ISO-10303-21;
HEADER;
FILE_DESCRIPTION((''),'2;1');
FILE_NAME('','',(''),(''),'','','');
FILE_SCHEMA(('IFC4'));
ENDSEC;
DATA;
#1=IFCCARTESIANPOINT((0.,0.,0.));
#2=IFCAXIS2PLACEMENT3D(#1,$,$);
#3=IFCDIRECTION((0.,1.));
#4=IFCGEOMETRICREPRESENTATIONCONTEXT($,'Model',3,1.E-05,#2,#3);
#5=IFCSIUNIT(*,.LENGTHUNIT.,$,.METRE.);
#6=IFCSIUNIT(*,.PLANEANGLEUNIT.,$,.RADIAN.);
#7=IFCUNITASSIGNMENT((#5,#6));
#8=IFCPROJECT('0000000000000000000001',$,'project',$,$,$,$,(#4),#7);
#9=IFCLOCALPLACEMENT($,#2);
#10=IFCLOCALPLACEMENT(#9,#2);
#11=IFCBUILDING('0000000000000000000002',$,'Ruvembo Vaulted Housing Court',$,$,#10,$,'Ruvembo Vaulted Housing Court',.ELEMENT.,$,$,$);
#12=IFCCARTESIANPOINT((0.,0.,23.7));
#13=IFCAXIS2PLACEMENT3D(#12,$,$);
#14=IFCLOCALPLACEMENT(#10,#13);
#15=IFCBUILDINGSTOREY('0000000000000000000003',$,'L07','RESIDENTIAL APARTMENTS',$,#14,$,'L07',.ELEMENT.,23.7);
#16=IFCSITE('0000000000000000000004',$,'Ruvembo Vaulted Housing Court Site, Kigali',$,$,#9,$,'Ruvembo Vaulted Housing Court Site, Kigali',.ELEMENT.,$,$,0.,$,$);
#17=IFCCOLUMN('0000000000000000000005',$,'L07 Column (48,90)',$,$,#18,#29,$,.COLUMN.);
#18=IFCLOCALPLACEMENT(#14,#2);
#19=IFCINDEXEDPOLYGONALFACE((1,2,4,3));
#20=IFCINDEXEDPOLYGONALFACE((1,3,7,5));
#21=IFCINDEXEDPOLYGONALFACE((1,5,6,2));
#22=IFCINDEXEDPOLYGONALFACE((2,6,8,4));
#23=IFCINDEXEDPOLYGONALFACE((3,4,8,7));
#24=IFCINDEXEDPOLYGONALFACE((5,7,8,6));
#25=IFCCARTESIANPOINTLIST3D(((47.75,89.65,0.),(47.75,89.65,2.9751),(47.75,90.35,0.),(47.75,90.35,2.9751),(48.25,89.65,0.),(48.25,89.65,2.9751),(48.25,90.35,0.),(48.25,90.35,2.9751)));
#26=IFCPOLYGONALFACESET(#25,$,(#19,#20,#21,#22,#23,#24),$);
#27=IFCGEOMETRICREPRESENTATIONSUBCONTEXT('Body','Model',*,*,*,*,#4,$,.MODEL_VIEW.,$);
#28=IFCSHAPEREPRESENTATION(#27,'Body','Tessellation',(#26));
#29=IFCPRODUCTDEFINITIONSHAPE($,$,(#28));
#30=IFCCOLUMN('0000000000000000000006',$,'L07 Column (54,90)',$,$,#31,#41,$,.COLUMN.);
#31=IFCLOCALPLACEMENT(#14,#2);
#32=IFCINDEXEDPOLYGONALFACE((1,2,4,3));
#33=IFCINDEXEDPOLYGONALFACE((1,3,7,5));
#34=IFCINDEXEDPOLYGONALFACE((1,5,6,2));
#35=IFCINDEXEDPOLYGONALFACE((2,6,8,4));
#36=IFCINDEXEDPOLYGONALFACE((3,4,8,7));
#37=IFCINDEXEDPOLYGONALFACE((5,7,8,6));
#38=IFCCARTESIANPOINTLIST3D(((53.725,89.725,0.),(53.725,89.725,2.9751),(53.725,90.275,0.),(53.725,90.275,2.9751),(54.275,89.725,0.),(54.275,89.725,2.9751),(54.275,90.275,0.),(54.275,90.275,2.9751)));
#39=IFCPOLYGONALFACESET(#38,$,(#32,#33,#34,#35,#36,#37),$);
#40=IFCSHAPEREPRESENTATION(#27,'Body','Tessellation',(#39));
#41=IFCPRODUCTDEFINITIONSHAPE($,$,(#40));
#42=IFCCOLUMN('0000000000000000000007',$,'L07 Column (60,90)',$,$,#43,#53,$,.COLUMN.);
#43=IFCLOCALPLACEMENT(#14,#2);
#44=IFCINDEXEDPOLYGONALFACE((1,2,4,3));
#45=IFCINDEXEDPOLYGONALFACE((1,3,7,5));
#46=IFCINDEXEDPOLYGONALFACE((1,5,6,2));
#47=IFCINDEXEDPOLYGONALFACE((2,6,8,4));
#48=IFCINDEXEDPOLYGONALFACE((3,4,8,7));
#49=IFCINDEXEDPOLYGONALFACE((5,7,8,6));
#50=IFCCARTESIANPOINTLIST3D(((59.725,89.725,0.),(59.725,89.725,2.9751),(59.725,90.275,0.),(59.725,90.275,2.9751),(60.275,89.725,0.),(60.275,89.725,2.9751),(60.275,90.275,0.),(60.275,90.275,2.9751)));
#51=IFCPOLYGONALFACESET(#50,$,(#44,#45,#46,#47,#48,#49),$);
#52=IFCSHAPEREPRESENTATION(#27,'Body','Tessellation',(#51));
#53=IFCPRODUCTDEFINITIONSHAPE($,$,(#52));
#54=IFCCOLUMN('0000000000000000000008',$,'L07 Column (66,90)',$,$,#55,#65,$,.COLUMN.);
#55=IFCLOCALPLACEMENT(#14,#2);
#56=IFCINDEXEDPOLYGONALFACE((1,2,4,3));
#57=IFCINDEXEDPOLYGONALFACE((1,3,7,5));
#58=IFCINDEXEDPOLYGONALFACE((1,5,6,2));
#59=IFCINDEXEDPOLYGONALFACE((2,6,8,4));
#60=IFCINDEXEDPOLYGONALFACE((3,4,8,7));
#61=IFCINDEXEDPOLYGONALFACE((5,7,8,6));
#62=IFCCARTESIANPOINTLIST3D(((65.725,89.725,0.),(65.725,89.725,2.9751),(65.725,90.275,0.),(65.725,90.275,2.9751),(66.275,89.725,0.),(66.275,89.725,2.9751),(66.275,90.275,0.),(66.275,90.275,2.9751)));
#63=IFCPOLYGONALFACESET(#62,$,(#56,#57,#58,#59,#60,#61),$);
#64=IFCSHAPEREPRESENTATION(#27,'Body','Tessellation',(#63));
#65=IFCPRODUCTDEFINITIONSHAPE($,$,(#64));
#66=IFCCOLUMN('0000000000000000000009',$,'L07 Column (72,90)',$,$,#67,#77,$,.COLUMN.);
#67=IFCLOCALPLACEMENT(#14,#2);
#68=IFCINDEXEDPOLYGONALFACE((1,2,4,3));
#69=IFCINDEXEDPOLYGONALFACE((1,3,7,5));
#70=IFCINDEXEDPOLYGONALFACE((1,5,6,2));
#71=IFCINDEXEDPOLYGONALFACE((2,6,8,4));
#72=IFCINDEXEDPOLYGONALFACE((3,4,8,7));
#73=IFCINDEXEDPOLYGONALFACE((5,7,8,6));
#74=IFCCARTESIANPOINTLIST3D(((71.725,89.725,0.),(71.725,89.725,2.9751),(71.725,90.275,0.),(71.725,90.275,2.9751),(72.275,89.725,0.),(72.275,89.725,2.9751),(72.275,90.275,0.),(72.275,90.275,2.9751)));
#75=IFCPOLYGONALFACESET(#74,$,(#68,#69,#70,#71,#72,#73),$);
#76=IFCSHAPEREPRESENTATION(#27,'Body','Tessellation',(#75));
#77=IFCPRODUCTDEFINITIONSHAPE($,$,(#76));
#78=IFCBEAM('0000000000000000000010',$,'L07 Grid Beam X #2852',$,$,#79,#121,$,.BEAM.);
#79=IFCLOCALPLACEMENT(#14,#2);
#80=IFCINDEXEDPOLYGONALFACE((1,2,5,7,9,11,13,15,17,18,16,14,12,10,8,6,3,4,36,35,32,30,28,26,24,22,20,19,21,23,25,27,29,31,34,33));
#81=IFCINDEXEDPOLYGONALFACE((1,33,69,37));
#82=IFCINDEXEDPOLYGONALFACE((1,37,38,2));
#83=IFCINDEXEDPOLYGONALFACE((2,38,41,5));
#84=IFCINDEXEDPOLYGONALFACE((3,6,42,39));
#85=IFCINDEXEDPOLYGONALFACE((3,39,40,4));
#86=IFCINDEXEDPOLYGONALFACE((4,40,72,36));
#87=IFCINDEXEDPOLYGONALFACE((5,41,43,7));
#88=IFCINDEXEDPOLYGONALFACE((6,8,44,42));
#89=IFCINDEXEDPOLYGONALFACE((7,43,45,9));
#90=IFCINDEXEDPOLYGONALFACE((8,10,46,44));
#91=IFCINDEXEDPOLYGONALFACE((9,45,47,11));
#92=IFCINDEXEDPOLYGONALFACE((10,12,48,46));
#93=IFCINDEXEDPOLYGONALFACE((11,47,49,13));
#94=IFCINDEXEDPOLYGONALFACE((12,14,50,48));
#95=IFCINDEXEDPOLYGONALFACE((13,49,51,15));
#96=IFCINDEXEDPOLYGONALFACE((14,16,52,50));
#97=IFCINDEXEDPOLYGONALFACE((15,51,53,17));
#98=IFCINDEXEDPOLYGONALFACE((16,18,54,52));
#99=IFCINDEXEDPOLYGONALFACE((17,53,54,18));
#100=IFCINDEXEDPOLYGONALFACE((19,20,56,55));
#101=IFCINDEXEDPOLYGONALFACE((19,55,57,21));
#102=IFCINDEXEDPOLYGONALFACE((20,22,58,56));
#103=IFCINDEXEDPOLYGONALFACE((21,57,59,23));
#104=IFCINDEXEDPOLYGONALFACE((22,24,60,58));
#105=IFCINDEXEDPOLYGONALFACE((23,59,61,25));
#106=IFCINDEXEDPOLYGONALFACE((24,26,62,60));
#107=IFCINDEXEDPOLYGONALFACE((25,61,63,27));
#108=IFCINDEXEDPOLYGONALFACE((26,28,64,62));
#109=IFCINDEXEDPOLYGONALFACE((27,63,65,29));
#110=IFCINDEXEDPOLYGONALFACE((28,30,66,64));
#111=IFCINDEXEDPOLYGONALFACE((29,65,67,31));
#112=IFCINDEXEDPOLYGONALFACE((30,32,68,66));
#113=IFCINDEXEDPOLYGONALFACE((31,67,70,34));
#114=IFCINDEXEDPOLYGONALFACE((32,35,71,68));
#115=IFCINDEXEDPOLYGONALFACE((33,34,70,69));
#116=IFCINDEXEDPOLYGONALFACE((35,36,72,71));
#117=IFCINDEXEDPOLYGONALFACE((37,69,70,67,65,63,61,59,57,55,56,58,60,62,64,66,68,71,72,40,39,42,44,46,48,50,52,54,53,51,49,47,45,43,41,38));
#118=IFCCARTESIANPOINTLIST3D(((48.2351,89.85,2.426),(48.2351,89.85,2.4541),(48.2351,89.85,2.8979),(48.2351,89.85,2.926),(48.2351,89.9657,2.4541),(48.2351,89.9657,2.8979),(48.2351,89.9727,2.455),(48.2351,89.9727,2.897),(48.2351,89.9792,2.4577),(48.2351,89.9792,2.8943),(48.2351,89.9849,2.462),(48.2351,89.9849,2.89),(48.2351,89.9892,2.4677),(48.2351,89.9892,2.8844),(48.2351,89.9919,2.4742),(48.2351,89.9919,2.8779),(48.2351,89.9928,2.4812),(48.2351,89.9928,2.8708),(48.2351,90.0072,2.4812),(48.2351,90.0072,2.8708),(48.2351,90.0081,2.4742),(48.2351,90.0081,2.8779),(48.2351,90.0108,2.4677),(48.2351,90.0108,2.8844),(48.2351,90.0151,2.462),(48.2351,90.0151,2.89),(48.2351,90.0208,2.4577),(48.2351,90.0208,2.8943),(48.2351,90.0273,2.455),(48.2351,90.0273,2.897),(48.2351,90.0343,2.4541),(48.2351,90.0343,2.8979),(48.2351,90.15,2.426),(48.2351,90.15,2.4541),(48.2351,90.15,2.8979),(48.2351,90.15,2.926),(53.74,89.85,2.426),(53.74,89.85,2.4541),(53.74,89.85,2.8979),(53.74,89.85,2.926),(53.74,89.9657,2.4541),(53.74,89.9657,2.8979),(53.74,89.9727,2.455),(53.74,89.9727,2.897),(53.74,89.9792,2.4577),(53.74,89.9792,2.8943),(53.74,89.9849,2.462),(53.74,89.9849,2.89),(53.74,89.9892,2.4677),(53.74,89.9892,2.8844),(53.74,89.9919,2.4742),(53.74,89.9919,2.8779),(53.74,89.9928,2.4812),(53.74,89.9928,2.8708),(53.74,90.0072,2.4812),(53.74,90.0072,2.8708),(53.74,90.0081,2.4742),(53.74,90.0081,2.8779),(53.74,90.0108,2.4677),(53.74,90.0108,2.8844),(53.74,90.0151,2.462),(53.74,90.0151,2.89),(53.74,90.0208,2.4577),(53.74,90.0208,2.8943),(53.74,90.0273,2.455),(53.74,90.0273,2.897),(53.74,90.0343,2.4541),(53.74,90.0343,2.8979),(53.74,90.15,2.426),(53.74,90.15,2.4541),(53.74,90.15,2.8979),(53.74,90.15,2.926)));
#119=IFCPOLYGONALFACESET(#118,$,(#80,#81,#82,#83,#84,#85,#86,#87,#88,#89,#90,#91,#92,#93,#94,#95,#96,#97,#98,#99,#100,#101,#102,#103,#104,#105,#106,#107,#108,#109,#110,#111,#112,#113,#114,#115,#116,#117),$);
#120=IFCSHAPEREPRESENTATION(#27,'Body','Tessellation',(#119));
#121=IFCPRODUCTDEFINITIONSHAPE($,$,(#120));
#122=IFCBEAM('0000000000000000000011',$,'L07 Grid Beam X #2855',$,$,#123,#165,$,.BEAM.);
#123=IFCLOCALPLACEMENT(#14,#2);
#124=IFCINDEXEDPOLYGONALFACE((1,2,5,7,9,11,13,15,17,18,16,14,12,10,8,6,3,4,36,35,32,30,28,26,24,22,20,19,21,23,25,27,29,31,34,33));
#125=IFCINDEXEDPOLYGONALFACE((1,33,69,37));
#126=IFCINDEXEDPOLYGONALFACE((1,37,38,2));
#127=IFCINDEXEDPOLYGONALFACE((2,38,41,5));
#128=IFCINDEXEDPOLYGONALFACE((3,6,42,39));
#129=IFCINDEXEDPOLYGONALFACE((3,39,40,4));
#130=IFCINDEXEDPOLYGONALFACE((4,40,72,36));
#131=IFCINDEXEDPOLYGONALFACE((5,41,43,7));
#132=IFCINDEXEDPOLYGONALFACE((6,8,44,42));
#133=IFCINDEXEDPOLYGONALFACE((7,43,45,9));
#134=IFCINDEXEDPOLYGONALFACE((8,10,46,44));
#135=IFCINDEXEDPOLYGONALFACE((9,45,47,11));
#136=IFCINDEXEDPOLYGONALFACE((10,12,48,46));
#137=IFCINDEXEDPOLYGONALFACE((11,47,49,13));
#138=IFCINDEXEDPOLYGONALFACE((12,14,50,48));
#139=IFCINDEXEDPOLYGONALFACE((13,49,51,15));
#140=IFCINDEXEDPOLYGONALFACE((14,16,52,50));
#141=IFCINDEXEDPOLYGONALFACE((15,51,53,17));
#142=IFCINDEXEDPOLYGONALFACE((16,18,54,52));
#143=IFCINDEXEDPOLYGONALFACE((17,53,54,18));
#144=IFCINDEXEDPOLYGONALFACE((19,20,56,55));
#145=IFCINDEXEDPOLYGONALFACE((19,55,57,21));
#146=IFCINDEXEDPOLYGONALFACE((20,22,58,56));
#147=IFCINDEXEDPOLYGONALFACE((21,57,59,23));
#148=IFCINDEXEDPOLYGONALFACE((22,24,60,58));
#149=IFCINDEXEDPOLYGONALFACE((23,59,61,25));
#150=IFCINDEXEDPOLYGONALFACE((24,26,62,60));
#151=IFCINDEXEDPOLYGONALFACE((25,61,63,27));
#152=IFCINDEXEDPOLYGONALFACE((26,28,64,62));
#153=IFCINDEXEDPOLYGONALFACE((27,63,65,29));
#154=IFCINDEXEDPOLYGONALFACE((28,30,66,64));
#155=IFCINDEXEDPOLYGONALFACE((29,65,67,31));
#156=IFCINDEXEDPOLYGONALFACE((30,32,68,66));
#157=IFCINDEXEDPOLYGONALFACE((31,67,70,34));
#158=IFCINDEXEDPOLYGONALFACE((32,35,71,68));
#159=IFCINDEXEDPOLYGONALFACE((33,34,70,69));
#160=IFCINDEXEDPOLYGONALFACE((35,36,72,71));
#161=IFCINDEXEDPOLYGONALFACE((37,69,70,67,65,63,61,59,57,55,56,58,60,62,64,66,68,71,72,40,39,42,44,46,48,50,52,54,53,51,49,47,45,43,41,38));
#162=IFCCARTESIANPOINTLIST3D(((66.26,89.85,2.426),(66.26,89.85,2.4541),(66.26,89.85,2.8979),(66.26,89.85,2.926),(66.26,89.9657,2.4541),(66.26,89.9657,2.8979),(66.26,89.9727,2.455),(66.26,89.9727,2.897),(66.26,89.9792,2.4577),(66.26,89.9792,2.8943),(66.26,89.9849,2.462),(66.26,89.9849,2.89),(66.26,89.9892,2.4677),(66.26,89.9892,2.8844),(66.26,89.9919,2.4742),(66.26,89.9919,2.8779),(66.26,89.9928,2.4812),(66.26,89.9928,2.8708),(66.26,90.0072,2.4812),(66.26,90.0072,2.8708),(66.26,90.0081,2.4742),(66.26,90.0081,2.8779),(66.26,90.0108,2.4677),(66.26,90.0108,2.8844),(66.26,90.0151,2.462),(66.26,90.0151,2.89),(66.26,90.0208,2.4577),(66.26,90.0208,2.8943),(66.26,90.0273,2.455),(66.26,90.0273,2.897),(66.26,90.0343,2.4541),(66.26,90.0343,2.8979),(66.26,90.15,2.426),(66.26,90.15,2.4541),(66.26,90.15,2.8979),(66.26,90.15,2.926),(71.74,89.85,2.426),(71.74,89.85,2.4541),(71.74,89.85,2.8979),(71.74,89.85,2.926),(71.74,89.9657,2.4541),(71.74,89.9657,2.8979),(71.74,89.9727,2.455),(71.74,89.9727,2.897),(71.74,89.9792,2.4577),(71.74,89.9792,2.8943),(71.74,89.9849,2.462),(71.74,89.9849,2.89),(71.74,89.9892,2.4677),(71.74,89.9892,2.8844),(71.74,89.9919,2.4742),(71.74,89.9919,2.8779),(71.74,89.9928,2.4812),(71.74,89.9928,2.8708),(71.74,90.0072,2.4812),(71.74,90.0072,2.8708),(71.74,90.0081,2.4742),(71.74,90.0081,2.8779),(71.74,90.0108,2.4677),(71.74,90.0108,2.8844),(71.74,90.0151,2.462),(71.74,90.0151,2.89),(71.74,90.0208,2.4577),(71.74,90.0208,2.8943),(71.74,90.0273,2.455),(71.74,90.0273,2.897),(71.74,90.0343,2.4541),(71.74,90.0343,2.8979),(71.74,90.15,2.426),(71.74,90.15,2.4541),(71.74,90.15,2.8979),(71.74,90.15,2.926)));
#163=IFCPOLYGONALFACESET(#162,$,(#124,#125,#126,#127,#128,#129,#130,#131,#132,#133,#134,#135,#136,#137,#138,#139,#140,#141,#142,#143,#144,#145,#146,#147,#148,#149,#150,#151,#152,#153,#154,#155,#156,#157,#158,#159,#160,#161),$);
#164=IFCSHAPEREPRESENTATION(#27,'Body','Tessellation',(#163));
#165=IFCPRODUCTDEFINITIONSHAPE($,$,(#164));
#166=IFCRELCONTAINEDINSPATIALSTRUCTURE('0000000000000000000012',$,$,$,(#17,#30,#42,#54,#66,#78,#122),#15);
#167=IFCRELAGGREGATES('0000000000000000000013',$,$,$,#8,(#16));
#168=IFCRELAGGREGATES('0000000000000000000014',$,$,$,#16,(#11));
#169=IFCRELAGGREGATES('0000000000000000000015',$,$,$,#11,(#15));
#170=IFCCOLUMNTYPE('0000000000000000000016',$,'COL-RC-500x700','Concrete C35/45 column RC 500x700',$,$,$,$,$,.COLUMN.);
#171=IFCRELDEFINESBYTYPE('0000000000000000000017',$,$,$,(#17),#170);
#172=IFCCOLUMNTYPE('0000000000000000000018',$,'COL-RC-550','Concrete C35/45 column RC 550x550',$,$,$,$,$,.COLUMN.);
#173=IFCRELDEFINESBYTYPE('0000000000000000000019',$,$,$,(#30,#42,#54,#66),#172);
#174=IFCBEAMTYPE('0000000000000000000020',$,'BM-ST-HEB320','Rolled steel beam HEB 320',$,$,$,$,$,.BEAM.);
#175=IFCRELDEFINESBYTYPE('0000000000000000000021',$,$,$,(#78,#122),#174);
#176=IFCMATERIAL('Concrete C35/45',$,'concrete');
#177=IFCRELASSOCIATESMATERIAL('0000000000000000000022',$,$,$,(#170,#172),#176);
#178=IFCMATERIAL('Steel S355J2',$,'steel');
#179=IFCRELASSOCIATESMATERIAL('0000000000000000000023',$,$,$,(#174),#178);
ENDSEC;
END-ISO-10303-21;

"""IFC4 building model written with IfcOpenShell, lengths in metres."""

from ifc_helpers import new_model, si_unit, direction, frame, origin, origin_2d, place, context, subcontext, project, spatial, rectangle, i_section, extrude, material, material_profile, profile_set, type_object, element, save


model = new_model("IFC4")

# Units and contexts
model_context = context("Model", 3, precision=1e-05, world=origin(), true_north=direction((0.0, 1.0)))
body_context = subcontext(model_context, "Body", "Model", "MODEL_VIEW")
ifc_project = project(units=[si_unit("LENGTHUNIT", "METRE"), si_unit("PLANEANGLEUNIT", "RADIAN")], contexts=[model_context])

# Site, building, storey
site_placement = place(None, origin())
site = spatial("IfcSite", under=ifc_project, at=site_placement, Name="Ruvembo Vaulted Housing Court Site, Kigali", LongName="Ruvembo Vaulted Housing Court Site, Kigali", CompositionType="ELEMENT", RefElevation=0.0)
building_placement = place(site_placement, origin())
building = spatial("IfcBuilding", under=site, at=building_placement, Name="Ruvembo Vaulted Housing Court", LongName="Ruvembo Vaulted Housing Court", CompositionType="ELEMENT")
storey_placement = place(building_placement, frame((0.0, 0.0, 23.7)))
storey = spatial("IfcBuildingStorey", under=building, at=storey_placement, Name="L07", Description="RESIDENTIAL APARTMENTS", LongName="L07", CompositionType="ELEMENT", Elevation=23.7)

# Columns
ifc_material_1 = material(Name="Concrete C35/45", Category="concrete")
ifc_material_profile_1 = material_profile(ifc_material_1, rectangle(XDim=0.5, YDim=0.7, at=origin_2d()), Name="RC 500x700")
ifc_profile_set_1 = profile_set([ifc_material_profile_1], Name="Concrete C35/45")
column_type_1 = type_object("IfcColumnType", Name="COL-RC-500x700", Description="Concrete C35/45 column RC 500x700", PredefinedType="COLUMN", material=ifc_profile_set_1)
column_placement = place(storey_placement, frame((48.0, 90.0, 0.0), z_axis=(0.0, 0.0, 1.0), x_axis=(1.0, 0.0, 0.0)))
element("IfcColumn", 1, at=column_placement, inside=storey, type_object=column_type_1, Name="L07 Column (48,90)", PredefinedType="COLUMN", context=body_context, shape_type="SweptSolid", body=[
    extrude(rectangle(XDim=0.5, YDim=0.7, at=origin_2d()), origin(), (0.0, 0.0, 1.0), 2.9751),
])
ifc_material_profile_2 = material_profile(ifc_material_1, rectangle(XDim=0.55, YDim=0.55, at=origin_2d()), Name="RC 550x550")
ifc_profile_set_2 = profile_set([ifc_material_profile_2], Name="Concrete C35/45")
column_type_2 = type_object("IfcColumnType", Name="COL-RC-550", Description="Concrete C35/45 column RC 550x550", PredefinedType="COLUMN", material=ifc_profile_set_2)
for number, where, z_axis, x_axis, name in (
    (2, (54.0, 90.0, 0.0), (0.0, 0.0, 1.0), (1.0, 0.0, 0.0), "L07 Column (54,90)"),
    (3, (60.0, 90.0, 0.0), (0.0, 0.0, 1.0), (1.0, 0.0, 0.0), "L07 Column (60,90)"),
    (4, (66.0, 90.0, 0.0), (0.0, 0.0, 1.0), (1.0, 0.0, 0.0), "L07 Column (66,90)"),
    (5, (72.0, 90.0, 0.0), (0.0, 0.0, 1.0), (1.0, 0.0, 0.0), "L07 Column (72,90)"),
):
    element("IfcColumn", number, at=place(storey_placement, frame(where, z_axis=z_axis, x_axis=x_axis)), inside=storey, type_object=column_type_2, Name=name, PredefinedType="COLUMN", context=body_context, shape_type="SweptSolid", body=[
        extrude(rectangle(XDim=0.55, YDim=0.55, at=origin_2d()), origin(), (0.0, 0.0, 1.0), 2.9751),
    ])

# Beams
ifc_material_2 = material(Name="Steel S355J2", Category="steel")
ifc_material_profile_3 = material_profile(ifc_material_2, i_section(OverallWidth=0.3, OverallDepth=0.5, WebThickness=0.0144, FlangeThickness=0.0281, FilletRadius=0.0271, at=origin_2d()), Name="HEB 320")
ifc_profile_set_3 = profile_set([ifc_material_profile_3], Name="Steel S355J2")
beam_type_1 = type_object("IfcBeamType", Name="BM-ST-HEB320", Description="Rolled steel beam HEB 320", PredefinedType="BEAM", material=ifc_profile_set_3)
beam_1_placement = place(storey_placement, frame((48.2351, 90.0, 2.676), z_axis=(1.0, 0.0, 0.0), x_axis=(0.0, 1.0, 0.0)))
element("IfcBeam", 6, at=beam_1_placement, inside=storey, type_object=beam_type_1, Name="L07 Grid Beam X #2852", PredefinedType="BEAM", context=body_context, shape_type="SweptSolid", body=[
    extrude(i_section(OverallWidth=0.3, OverallDepth=0.5, WebThickness=0.0144, FlangeThickness=0.0281, FilletRadius=0.0271, at=origin_2d()), origin(), (0.0, 0.0, 1.0), 5.5049),
])
beam_2_placement = place(storey_placement, frame((66.26, 90.0, 2.676), z_axis=(1.0, 0.0, 0.0), x_axis=(0.0, 1.0, 0.0)))
element("IfcBeam", 7, at=beam_2_placement, inside=storey, type_object=beam_type_1, Name="L07 Grid Beam X #2855", PredefinedType="BEAM", context=body_context, shape_type="SweptSolid", body=[
    extrude(i_section(OverallWidth=0.3, OverallDepth=0.5, WebThickness=0.0144, FlangeThickness=0.0281, FilletRadius=0.0271, at=origin_2d()), origin(), (0.0, 0.0, 1.0), 5.48),
])

save(model, "model.ifc")
